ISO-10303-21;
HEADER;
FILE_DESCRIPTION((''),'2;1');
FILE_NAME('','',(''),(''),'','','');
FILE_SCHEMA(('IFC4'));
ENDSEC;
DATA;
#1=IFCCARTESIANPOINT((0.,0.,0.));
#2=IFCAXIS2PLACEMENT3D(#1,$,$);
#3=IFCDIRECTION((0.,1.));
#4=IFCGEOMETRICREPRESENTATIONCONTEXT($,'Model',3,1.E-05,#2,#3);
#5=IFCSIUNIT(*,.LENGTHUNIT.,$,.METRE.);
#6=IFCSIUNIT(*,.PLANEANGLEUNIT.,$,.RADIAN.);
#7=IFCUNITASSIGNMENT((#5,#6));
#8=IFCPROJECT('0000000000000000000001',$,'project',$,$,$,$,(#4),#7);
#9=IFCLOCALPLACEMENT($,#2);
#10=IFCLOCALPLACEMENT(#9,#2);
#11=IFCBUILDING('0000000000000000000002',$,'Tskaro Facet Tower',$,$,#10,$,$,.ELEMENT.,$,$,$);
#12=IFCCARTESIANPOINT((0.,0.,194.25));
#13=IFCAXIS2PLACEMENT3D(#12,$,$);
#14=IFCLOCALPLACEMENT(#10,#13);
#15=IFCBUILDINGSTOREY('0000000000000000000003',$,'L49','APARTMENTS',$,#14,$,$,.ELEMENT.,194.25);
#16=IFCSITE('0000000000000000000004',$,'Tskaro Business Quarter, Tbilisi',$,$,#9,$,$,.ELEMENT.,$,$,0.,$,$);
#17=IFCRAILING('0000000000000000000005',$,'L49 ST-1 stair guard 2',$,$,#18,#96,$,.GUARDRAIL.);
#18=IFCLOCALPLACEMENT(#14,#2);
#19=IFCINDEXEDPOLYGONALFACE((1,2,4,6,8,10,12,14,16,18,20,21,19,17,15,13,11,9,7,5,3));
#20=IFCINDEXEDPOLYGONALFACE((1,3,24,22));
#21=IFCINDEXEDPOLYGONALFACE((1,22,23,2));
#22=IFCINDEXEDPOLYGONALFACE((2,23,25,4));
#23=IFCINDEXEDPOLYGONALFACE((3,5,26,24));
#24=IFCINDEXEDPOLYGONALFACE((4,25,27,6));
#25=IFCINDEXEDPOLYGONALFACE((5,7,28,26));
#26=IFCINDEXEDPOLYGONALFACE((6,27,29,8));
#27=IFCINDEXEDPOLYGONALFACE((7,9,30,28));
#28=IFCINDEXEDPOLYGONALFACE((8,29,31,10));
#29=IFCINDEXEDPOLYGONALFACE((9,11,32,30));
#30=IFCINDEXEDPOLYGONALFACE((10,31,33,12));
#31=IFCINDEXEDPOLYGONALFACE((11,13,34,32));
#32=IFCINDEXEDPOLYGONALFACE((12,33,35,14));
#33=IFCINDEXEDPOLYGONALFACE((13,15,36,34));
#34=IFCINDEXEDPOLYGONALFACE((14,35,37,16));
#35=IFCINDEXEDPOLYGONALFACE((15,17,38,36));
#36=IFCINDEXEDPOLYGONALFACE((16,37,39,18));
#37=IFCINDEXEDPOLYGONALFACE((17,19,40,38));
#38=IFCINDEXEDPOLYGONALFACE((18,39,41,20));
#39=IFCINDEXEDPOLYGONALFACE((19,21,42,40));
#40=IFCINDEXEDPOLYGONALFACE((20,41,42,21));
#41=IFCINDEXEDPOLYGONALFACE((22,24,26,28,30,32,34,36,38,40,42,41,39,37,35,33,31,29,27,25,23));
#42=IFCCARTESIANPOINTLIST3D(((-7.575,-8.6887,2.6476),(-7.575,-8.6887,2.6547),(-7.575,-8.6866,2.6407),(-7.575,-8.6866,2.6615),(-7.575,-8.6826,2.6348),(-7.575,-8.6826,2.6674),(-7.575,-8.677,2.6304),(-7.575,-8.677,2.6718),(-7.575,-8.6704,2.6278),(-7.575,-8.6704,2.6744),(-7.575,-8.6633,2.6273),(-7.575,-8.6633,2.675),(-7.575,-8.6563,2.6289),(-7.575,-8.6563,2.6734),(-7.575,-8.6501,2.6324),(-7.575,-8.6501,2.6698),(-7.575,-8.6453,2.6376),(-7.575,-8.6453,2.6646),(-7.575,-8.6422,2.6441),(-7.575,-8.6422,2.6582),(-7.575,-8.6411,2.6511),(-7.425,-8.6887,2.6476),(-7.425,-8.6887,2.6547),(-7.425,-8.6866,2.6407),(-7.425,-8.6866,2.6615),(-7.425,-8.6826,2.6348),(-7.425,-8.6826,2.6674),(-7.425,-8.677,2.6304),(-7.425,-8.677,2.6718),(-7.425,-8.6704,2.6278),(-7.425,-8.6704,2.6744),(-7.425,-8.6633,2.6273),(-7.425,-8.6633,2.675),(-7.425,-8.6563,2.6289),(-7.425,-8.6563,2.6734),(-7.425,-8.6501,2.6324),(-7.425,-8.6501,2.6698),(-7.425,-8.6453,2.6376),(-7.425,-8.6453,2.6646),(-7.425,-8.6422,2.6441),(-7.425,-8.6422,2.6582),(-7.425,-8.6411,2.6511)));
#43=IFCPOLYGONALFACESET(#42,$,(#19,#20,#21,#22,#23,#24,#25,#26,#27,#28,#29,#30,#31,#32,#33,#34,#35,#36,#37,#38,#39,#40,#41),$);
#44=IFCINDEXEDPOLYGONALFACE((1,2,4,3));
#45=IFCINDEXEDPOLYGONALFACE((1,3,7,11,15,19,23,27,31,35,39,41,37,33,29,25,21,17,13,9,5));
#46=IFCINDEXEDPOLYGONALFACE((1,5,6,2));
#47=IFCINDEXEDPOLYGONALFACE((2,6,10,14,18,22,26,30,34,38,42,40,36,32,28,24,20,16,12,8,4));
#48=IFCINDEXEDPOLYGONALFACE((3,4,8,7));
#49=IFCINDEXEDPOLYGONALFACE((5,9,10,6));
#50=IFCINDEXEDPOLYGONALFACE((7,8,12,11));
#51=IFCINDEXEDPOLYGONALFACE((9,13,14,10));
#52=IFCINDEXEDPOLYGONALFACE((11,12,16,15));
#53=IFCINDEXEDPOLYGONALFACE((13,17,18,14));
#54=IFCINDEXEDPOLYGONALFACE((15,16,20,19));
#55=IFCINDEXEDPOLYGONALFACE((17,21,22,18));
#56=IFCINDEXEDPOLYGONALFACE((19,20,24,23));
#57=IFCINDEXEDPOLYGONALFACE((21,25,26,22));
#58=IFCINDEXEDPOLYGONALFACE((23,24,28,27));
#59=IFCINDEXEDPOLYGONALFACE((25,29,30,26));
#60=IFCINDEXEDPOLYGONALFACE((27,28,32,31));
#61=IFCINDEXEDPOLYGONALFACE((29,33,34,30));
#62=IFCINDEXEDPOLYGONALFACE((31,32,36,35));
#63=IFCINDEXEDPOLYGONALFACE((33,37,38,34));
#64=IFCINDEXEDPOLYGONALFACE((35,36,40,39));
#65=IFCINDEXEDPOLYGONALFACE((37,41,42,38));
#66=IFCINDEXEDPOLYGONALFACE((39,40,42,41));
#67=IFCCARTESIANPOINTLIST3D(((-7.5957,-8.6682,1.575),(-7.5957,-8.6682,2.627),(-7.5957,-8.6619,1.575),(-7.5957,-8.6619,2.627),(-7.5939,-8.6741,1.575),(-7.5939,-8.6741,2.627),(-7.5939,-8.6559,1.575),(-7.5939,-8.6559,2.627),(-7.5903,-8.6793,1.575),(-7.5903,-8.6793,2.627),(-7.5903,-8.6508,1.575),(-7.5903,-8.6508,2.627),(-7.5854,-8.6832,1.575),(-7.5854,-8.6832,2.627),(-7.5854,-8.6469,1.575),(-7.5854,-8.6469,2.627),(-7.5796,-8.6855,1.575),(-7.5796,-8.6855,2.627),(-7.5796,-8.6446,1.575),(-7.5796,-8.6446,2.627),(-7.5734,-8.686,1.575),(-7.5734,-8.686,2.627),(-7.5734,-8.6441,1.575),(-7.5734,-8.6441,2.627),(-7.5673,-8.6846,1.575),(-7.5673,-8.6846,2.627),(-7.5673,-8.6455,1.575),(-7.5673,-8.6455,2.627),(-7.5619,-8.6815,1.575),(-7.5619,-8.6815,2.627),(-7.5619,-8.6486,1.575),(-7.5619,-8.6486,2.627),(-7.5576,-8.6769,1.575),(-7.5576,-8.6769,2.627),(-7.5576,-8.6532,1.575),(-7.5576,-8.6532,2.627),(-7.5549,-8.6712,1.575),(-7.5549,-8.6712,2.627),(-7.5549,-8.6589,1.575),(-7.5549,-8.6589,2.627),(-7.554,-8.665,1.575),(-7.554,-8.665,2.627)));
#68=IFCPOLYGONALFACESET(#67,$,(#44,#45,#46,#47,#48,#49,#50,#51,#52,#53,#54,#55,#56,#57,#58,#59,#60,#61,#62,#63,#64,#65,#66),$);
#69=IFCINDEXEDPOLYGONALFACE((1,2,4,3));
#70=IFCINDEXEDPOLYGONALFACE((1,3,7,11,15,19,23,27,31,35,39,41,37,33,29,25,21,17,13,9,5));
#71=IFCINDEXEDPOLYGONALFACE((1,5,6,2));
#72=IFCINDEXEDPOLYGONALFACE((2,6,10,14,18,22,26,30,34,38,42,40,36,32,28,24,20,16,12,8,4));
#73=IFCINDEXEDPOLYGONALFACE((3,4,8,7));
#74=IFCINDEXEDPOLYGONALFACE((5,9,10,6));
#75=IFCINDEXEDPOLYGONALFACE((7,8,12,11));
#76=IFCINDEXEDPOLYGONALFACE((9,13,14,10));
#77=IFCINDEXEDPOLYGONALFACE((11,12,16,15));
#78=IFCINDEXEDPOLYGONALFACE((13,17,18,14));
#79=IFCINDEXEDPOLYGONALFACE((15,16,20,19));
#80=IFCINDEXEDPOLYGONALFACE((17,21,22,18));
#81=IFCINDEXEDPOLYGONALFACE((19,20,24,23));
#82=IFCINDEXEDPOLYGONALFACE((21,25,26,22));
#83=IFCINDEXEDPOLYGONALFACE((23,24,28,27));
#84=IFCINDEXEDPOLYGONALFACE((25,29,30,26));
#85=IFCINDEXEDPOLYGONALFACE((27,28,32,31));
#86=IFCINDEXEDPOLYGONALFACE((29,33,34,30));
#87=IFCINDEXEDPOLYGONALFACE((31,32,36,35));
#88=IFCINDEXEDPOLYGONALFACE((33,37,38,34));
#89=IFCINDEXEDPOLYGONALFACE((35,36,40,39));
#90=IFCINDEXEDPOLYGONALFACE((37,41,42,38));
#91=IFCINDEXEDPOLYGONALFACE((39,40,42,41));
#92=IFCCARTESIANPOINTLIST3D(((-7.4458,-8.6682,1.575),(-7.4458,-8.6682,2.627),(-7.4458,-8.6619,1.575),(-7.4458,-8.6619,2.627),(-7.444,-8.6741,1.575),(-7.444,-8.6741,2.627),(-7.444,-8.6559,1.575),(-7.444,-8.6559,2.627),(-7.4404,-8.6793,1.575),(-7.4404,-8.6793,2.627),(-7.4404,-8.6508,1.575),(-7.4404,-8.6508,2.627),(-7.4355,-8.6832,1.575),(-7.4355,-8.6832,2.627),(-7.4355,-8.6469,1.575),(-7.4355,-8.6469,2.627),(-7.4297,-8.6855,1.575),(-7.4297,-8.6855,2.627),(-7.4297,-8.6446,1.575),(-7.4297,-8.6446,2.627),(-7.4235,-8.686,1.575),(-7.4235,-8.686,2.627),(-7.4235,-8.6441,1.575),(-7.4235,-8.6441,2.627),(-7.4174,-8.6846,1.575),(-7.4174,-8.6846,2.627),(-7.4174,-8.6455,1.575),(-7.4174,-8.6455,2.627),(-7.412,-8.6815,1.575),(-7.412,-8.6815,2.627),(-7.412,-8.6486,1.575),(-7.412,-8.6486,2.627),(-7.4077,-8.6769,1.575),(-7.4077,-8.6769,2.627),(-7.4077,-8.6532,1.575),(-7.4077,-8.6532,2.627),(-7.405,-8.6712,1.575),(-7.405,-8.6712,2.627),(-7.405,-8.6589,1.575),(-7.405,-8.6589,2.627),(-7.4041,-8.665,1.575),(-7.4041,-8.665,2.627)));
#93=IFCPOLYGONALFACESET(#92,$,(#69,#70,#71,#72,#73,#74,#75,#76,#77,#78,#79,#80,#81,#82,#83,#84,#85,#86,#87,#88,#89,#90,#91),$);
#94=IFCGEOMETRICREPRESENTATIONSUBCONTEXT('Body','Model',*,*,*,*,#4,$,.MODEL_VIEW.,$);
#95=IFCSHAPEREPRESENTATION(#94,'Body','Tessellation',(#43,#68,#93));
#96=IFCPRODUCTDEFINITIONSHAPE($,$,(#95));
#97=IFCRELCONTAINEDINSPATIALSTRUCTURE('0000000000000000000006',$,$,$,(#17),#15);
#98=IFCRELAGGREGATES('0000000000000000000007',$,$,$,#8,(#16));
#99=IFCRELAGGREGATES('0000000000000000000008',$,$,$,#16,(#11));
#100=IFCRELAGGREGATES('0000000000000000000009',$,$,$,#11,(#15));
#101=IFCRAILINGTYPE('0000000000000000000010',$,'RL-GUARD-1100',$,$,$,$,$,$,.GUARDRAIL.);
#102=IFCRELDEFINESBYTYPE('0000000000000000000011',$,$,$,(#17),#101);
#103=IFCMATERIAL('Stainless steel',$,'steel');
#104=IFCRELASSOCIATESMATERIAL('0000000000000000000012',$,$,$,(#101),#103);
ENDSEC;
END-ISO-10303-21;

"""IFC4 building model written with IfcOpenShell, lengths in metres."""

from ifc_helpers import new_model, si_unit, direction, frame, origin, origin_2d, place, context, subcontext, project, spatial, circle, extrude, material, type_object, element, save


model = new_model("IFC4")

# Units and contexts
model_context = context("Model", 3, precision=1e-05, world=origin(), true_north=direction((0.0, 1.0)))
body_context = subcontext(model_context, "Body", "Model", "MODEL_VIEW")
ifc_project = project(units=[si_unit("LENGTHUNIT", "METRE"), si_unit("PLANEANGLEUNIT", "RADIAN")], contexts=[model_context])

# Site, building, storey
site_placement = place(None, origin())
site = spatial("IfcSite", under=ifc_project, at=site_placement, Name="Tskaro Business Quarter, Tbilisi", CompositionType="ELEMENT", RefElevation=0.0)
building_placement = place(site_placement, origin())
building = spatial("IfcBuilding", under=site, at=building_placement, Name="Tskaro Facet Tower", CompositionType="ELEMENT")
storey_placement = place(building_placement, frame((0.0, 0.0, 194.25)))
storey = spatial("IfcBuildingStorey", under=building, at=storey_placement, Name="L49", Description="APARTMENTS", CompositionType="ELEMENT", Elevation=194.25)

# Shared definitions
ifc_material_1 = material(Name="Stainless steel", Category="steel")

# Railing
railing_type_1 = type_object("IfcRailingType", Name="RL-GUARD-1100", PredefinedType="GUARDRAIL", material=ifc_material_1)
railing_1_placement = place(storey_placement, frame((-7.575, -8.665, 1.575)))
element("IfcRailing", 1, at=railing_1_placement, inside=storey, type_object=railing_type_1, Name="L49 ST-1 stair guard 2", PredefinedType="GUARDRAIL", context=body_context, shape_type="SweptSolid", body=[
    extrude(circle(Radius=0.0239, at=origin_2d()), frame((0.0, 0.0, 1.0762), z_axis=(1.0, 0.0, 0.0), x_axis=(0.0, 1.0, 0.0)), (0.0, 0.0, 1.0), 0.1499),
    extrude(circle(Radius=0.021, at=origin_2d()), origin(), (0.0, 0.0, 1.0), 1.052),
    extrude(circle(Radius=0.021, at=origin_2d()), frame((0.1499, 0.0, 0.0)), (0.0, 0.0, 1.0), 1.052),
])

save(model, "model.ifc")
